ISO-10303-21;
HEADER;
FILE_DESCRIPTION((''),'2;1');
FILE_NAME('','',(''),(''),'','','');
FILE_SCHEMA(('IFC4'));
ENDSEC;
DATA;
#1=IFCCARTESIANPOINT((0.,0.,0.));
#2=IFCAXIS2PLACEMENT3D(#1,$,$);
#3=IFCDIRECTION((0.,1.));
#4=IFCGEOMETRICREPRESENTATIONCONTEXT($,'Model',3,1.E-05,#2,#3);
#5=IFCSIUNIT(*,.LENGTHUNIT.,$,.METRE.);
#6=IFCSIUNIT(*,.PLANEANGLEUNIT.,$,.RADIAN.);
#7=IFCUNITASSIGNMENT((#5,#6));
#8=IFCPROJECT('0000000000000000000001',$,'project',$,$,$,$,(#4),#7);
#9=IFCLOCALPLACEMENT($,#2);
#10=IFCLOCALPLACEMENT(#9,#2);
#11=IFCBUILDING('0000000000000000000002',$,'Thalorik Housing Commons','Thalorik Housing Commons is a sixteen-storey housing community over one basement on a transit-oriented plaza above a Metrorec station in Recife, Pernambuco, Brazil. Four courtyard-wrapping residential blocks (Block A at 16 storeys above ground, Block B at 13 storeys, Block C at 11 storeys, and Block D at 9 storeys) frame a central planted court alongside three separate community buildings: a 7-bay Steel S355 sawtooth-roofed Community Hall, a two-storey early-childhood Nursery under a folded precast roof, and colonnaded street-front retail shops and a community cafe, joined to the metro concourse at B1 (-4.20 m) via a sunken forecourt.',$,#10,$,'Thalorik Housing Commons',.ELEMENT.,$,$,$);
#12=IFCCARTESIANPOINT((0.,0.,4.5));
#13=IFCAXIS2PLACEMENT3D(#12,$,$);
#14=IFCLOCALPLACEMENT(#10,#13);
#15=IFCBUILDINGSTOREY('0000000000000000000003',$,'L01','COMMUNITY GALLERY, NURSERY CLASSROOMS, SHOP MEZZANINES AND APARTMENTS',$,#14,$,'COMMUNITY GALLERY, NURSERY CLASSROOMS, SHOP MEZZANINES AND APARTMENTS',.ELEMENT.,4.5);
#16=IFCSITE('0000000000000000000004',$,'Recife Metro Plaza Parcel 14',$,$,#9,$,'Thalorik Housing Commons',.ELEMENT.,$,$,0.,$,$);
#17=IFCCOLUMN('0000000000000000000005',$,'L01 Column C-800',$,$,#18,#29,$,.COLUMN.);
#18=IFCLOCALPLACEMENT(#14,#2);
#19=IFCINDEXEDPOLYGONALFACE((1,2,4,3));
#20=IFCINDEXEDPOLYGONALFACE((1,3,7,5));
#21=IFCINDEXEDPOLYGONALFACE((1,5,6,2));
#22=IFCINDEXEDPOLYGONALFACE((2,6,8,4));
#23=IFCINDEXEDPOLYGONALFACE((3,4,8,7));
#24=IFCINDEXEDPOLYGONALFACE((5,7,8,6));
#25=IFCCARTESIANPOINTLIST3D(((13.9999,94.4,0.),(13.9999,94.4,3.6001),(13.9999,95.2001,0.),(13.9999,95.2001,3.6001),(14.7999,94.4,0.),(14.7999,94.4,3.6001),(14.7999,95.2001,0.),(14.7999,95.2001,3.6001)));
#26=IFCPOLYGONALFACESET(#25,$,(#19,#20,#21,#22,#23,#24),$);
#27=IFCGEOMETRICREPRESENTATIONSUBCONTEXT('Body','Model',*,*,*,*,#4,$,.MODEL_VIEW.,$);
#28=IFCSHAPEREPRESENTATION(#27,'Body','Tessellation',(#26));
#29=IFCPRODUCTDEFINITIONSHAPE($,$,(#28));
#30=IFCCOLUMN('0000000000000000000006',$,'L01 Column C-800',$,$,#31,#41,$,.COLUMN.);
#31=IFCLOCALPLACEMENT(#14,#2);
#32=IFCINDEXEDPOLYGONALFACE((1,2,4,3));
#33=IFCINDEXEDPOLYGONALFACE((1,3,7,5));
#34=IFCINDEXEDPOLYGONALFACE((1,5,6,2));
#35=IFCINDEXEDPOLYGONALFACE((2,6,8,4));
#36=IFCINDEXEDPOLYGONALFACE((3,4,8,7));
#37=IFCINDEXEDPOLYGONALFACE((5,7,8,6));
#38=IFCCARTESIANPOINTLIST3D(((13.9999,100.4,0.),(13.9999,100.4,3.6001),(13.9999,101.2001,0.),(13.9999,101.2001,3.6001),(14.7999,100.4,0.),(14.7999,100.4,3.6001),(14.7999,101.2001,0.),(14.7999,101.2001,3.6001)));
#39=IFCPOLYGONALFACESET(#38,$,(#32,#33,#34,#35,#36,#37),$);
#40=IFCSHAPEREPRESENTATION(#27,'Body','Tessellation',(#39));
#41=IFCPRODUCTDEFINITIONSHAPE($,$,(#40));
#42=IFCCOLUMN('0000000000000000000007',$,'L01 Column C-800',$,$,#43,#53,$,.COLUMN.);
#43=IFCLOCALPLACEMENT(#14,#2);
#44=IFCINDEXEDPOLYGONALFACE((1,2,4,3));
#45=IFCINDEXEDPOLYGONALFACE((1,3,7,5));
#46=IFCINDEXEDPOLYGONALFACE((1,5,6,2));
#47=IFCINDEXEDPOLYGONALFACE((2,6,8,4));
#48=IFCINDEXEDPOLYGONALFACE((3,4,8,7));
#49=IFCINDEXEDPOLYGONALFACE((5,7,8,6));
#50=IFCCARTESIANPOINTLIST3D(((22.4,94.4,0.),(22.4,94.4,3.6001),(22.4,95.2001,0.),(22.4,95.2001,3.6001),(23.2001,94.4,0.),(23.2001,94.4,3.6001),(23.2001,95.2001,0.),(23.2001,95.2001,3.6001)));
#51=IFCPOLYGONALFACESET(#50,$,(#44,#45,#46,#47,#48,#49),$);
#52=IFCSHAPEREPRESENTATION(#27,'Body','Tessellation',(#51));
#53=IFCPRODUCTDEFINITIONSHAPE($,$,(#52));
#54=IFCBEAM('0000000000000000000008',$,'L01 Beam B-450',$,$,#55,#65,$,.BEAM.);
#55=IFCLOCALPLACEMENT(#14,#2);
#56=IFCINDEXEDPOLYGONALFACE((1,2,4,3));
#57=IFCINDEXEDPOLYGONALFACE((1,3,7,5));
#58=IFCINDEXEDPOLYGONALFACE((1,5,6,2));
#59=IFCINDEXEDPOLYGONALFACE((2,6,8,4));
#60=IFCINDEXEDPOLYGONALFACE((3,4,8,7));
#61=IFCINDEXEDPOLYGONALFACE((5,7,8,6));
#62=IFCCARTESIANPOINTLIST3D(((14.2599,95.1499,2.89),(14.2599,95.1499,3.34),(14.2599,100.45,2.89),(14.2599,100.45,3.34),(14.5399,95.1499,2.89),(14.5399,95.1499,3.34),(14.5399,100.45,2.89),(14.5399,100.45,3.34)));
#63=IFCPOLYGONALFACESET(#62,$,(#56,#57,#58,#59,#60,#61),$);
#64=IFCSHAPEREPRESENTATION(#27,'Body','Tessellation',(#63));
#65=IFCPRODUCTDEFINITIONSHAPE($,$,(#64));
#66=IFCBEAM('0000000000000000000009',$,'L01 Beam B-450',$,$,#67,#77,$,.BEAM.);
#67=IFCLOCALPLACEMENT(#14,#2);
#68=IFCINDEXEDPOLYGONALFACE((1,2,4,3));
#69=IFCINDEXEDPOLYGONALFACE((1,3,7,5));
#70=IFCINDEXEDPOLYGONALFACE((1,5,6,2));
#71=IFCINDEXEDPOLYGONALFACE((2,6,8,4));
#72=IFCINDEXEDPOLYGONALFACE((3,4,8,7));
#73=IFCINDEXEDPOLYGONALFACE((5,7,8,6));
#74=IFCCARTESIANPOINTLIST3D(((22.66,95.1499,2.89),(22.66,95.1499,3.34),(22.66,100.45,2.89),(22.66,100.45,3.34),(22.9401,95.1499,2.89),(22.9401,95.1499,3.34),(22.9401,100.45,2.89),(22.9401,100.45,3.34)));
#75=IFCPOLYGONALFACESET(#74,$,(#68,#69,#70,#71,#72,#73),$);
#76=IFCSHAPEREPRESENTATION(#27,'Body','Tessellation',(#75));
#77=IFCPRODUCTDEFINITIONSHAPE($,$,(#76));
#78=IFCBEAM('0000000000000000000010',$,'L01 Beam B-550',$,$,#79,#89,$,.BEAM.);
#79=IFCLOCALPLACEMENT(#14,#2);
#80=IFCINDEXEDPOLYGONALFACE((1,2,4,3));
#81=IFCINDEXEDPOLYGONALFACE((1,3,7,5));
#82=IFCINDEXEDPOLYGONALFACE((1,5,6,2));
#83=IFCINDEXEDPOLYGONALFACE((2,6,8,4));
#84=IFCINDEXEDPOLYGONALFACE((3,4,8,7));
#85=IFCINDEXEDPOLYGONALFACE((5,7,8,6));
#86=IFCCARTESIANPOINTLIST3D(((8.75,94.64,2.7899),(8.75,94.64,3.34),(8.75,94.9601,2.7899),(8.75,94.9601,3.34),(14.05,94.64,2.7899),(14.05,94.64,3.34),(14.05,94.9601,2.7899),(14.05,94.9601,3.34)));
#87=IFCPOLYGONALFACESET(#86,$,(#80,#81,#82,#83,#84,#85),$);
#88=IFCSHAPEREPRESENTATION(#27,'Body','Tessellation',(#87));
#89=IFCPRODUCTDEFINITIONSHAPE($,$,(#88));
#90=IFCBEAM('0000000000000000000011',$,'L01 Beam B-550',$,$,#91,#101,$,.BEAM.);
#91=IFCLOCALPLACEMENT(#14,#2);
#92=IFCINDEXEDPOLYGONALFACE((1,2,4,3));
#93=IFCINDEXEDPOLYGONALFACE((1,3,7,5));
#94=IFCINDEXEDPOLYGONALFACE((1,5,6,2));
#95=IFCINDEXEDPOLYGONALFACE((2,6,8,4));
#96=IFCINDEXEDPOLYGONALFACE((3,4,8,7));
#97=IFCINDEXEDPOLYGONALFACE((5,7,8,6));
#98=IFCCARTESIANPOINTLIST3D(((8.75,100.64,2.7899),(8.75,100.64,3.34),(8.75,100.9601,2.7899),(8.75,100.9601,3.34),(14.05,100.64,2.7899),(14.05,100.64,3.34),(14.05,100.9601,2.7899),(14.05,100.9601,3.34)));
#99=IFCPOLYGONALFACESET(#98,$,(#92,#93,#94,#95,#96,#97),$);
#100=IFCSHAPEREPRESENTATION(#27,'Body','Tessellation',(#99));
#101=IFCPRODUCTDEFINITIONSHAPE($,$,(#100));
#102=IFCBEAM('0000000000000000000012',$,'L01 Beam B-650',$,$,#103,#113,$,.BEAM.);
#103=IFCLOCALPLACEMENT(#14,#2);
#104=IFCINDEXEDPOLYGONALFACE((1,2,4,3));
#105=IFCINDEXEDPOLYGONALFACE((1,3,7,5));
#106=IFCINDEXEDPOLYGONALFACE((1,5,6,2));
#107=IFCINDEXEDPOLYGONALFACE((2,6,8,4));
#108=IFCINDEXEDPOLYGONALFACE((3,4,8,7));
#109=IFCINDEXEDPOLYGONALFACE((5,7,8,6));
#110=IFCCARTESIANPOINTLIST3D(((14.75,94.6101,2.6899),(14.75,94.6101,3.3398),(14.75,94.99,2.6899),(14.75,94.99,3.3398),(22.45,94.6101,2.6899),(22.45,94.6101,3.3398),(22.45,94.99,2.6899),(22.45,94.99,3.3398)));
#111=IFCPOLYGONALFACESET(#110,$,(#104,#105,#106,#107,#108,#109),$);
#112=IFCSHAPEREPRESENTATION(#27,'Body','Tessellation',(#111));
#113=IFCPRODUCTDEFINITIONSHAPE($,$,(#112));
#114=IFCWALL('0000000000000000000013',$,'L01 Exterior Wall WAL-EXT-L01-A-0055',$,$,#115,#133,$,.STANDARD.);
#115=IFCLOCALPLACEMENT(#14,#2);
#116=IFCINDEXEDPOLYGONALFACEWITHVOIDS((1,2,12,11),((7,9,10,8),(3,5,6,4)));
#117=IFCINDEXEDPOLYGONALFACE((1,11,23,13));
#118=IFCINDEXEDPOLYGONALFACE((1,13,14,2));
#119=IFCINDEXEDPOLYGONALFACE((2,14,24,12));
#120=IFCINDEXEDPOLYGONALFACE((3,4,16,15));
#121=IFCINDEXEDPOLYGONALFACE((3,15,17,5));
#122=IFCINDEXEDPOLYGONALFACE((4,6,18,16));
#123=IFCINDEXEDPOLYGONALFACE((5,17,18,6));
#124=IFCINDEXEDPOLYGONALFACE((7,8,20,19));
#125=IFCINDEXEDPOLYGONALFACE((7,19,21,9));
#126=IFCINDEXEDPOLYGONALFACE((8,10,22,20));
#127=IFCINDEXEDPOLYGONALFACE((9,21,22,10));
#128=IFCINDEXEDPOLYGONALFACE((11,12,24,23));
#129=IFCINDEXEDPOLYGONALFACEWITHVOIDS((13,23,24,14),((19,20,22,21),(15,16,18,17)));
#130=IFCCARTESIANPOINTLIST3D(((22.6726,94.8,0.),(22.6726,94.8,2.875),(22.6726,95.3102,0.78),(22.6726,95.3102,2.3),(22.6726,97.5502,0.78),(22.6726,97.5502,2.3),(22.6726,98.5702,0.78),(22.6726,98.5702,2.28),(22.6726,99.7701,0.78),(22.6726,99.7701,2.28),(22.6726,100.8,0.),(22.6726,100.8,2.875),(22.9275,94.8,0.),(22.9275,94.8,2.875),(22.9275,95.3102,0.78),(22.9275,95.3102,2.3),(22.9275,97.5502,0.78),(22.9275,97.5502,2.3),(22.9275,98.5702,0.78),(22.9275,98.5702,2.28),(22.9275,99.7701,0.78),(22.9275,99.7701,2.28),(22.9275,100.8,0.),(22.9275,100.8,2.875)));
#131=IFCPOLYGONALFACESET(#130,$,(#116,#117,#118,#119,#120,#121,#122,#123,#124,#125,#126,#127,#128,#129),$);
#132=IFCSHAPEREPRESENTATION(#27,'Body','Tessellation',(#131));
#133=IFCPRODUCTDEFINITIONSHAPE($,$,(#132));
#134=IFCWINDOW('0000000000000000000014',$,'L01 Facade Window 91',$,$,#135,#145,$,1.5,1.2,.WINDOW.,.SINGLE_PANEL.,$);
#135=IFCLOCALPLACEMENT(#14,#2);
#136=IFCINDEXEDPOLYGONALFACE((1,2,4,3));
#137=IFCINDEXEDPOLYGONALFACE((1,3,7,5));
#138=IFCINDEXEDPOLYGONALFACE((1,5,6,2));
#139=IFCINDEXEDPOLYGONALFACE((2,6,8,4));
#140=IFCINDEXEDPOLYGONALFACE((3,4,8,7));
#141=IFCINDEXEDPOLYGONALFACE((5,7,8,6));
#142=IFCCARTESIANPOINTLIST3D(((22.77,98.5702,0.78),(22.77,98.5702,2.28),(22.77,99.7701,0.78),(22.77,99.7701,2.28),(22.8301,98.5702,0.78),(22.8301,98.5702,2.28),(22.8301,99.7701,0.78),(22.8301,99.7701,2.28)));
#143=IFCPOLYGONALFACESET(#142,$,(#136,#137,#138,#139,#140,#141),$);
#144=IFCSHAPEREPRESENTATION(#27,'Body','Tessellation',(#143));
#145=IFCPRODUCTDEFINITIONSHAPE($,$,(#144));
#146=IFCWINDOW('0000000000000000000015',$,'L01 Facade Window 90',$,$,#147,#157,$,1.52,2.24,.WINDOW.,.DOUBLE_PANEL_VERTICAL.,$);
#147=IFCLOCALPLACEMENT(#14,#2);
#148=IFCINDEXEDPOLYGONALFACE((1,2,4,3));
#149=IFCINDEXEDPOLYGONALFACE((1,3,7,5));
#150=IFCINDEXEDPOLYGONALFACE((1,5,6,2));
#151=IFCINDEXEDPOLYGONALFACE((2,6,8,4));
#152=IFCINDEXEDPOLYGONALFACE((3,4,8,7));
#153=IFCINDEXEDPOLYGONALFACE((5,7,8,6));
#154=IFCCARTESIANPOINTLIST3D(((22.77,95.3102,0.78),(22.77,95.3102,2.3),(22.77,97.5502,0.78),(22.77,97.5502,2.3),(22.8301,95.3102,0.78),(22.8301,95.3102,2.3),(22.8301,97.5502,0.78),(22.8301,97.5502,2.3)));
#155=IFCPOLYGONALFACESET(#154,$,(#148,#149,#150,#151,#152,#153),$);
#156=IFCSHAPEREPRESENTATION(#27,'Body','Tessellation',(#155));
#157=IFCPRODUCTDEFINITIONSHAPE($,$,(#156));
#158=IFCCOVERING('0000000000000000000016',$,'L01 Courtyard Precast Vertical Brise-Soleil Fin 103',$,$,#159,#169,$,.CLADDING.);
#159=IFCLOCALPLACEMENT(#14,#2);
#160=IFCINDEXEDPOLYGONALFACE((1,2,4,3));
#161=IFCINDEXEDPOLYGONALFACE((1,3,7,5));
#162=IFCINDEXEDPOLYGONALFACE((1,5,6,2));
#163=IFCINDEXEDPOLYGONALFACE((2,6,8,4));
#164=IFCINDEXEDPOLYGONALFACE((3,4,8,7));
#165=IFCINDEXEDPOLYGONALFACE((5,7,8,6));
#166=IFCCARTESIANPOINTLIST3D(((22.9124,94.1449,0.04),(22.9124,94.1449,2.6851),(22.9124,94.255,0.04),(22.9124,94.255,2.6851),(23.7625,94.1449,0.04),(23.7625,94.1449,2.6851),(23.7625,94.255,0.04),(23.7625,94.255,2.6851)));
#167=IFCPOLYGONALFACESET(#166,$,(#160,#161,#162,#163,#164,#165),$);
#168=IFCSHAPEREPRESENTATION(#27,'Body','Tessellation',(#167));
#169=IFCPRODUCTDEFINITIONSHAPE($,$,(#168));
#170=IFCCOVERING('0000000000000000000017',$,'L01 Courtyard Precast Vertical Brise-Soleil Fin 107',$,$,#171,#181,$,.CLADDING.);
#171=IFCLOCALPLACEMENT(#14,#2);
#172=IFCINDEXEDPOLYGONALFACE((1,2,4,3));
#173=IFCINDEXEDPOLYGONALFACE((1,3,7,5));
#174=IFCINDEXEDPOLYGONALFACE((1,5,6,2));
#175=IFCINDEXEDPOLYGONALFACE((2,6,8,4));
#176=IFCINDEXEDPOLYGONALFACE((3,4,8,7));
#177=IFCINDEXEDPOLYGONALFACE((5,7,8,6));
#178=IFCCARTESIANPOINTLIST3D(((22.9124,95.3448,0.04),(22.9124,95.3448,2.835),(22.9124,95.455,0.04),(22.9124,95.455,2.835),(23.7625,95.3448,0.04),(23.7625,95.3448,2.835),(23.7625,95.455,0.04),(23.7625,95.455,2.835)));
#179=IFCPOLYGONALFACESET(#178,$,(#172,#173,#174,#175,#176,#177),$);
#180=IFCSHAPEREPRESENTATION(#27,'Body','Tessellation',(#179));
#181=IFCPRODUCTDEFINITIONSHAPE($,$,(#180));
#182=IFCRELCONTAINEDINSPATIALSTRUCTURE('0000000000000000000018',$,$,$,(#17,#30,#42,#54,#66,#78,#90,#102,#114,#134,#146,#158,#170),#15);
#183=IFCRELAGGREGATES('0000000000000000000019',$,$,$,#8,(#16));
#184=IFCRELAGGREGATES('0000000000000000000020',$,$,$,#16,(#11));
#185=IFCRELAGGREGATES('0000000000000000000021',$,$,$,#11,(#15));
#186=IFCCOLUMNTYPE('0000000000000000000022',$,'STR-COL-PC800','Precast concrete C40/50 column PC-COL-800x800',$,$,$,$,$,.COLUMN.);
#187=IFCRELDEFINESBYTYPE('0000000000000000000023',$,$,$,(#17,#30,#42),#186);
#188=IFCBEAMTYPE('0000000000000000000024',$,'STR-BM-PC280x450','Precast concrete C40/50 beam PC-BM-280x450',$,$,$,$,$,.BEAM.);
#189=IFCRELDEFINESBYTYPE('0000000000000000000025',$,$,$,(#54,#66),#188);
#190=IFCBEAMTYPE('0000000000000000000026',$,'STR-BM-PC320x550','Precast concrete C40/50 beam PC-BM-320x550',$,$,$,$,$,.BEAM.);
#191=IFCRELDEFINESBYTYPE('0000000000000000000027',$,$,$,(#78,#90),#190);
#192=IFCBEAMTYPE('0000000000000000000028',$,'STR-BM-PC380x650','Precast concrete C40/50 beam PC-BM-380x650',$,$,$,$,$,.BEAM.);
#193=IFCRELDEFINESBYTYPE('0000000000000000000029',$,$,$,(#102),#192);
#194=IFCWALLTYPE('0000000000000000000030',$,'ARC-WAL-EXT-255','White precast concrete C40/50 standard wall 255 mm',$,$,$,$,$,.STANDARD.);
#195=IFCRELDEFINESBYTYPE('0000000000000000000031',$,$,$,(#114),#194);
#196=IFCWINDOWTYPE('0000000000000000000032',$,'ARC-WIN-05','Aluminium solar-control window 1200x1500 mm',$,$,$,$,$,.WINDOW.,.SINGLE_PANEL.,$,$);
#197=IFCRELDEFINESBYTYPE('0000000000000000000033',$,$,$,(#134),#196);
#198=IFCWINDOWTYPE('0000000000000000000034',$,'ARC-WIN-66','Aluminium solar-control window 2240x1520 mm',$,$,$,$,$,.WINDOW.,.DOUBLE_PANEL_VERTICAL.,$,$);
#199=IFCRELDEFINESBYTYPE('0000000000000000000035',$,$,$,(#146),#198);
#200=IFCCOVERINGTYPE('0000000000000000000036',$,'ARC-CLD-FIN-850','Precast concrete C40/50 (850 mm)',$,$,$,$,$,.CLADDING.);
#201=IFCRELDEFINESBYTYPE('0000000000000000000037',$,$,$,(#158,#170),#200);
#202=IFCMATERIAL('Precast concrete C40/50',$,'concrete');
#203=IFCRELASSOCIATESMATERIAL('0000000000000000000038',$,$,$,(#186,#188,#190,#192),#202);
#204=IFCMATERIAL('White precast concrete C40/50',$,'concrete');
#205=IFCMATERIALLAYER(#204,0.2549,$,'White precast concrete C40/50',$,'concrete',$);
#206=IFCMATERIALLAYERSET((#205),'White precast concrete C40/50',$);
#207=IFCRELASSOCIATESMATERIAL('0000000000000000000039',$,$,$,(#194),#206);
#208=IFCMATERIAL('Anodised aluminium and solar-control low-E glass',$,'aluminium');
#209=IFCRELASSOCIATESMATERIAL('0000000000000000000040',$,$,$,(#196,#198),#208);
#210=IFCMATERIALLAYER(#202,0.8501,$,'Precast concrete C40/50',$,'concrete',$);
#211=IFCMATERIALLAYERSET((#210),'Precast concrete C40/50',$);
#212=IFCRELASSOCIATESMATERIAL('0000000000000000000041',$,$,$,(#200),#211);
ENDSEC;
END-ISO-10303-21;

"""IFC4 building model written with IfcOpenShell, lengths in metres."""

from ifc_helpers import new_model, si_unit, direction, frame, frame_2d, origin, origin_2d, place, context, subcontext, project, spatial, rectangle, extrude, material, layer, layer_set, material_profile, profile_set, type_object, element, fill, save


model = new_model("IFC4")

# Units and contexts
model_context = context("Model", 3, precision=1e-05, world=origin(), true_north=direction((0.0, 1.0)))
body_context = subcontext(model_context, "Body", "Model", "MODEL_VIEW")
ifc_project = project(units=[si_unit("LENGTHUNIT", "METRE"), si_unit("PLANEANGLEUNIT", "RADIAN")], contexts=[model_context])

# Site, building, storey
site_placement = place(None, origin())
site = spatial("IfcSite", under=ifc_project, at=site_placement, Name="Recife Metro Plaza Parcel 14", LongName="Thalorik Housing Commons", CompositionType="ELEMENT", RefElevation=0.0)
building_placement = place(site_placement, origin())
building = spatial("IfcBuilding", under=site, at=building_placement, Name="Thalorik Housing Commons", Description="Thalorik Housing Commons is a sixteen-storey housing community over one basement on a transit-oriented plaza above a Metrorec station in Recife, Pernambuco, Brazil. Four courtyard-wrapping residential blocks (Block A at 16 storeys above ground, Block B at 13 storeys, Block C at 11 storeys, and Block D at 9 storeys) frame a central planted court alongside three separate community buildings: a 7-bay Steel S355 sawtooth-roofed Community Hall, a two-storey early-childhood Nursery under a folded precast roof, and colonnaded street-front retail shops and a community cafe, joined to the metro concourse at B1 (-4.20 m) via a sunken forecourt.", LongName="Thalorik Housing Commons", CompositionType="ELEMENT")
storey_placement = place(building_placement, frame((0.0, 0.0, 4.5)))
storey = spatial("IfcBuildingStorey", under=building, at=storey_placement, Name="L01", Description="COMMUNITY GALLERY, NURSERY CLASSROOMS, SHOP MEZZANINES AND APARTMENTS", LongName="COMMUNITY GALLERY, NURSERY CLASSROOMS, SHOP MEZZANINES AND APARTMENTS", CompositionType="ELEMENT", Elevation=4.5)

# Columns
ifc_material_1 = material(Name="Precast concrete C40/50", Category="concrete")
ifc_material_profile_1 = material_profile(ifc_material_1, rectangle(XDim=0.8, YDim=0.8, at=origin_2d()), Name="PC 800x800", Category="concrete")
ifc_profile_set_1 = profile_set([ifc_material_profile_1], Name="Precast concrete C40/50")
column_type = type_object("IfcColumnType", Name="STR-COL-PC800", Description="Precast concrete C40/50 column PC-COL-800x800", PredefinedType="COLUMN", material=ifc_profile_set_1)
for number, where, z_axis, x_axis, name in (
    (1, (14.3999, 94.8, 0.0), (0.0, 0.0, 1.0), (1.0, 0.0, 0.0), "L01 Column C-800"),
    (2, (14.3999, 100.8, 0.0), (0.0, 0.0, 1.0), (1.0, 0.0, 0.0), "L01 Column C-800"),
    (3, (22.8, 94.8, 0.0), (0.0, 0.0, 1.0), (1.0, 0.0, 0.0), "L01 Column C-800"),
):
    element("IfcColumn", number, at=place(storey_placement, frame(where, z_axis=z_axis, x_axis=x_axis)), inside=storey, type_object=column_type, Name=name, PredefinedType="COLUMN", context=body_context, shape_type="SweptSolid", body=[
        extrude(rectangle(XDim=0.8, YDim=0.8, at=origin_2d()), origin(), (0.0, 0.0, 1.0), 3.6001),
    ])

# Beams
ifc_material_profile_2 = material_profile(ifc_material_1, rectangle(XDim=0.28, YDim=0.45, at=origin_2d()), Name="PC 280x450", Category="concrete")
ifc_profile_set_2 = profile_set([ifc_material_profile_2], Name="Precast concrete C40/50")
beam_type_1 = type_object("IfcBeamType", Name="STR-BM-PC280x450", Description="Precast concrete C40/50 beam PC-BM-280x450", PredefinedType="BEAM", material=ifc_profile_set_2)
for number, where, z_axis, x_axis, name in (
    (4, (14.3999, 95.1499, 3.115), (0.0, 1.0, 0.0), (-1.0, 0.0, 0.0), "L01 Beam B-450"),
    (5, (22.8, 95.1499, 3.115), (0.0, 1.0, 0.0), (-1.0, 0.0, 0.0), "L01 Beam B-450"),
):
    element("IfcBeam", number, at=place(storey_placement, frame(where, z_axis=z_axis, x_axis=x_axis)), inside=storey, type_object=beam_type_1, Name=name, PredefinedType="BEAM", context=body_context, shape_type="SweptSolid", body=[
        extrude(rectangle(XDim=0.28, YDim=0.45, at=origin_2d()), origin(), (0.0, 0.0, 1.0), 5.3),
    ])
ifc_material_profile_3 = material_profile(ifc_material_1, rectangle(XDim=0.3201, YDim=0.55, at=origin_2d()), Name="PC 320x550", Category="concrete")
ifc_profile_set_3 = profile_set([ifc_material_profile_3], Name="Precast concrete C40/50")
beam_type_2 = type_object("IfcBeamType", Name="STR-BM-PC320x550", Description="Precast concrete C40/50 beam PC-BM-320x550", PredefinedType="BEAM", material=ifc_profile_set_3)
for number, where, z_axis, x_axis, name in (
    (6, (8.75, 94.8, 3.0649), (1.0, 0.0, 0.0), (0.0, 1.0, 0.0), "L01 Beam B-550"),
    (7, (8.75, 100.8, 3.0649), (1.0, 0.0, 0.0), (0.0, 1.0, 0.0), "L01 Beam B-550"),
):
    element("IfcBeam", number, at=place(storey_placement, frame(where, z_axis=z_axis, x_axis=x_axis)), inside=storey, type_object=beam_type_2, Name=name, PredefinedType="BEAM", context=body_context, shape_type="SweptSolid", body=[
        extrude(rectangle(XDim=0.3201, YDim=0.55, at=origin_2d()), origin(), (0.0, 0.0, 1.0), 5.3),
    ])
ifc_material_profile_4 = material_profile(ifc_material_1, rectangle(XDim=0.3799, YDim=0.6499, at=origin_2d()), Name="PC 380x650", Category="concrete")
ifc_profile_set_4 = profile_set([ifc_material_profile_4], Name="Precast concrete C40/50")
beam_type_3 = type_object("IfcBeamType", Name="STR-BM-PC380x650", Description="Precast concrete C40/50 beam PC-BM-380x650", PredefinedType="BEAM", material=ifc_profile_set_4)
beam_placement = place(storey_placement, frame((14.75, 94.8, 3.0149), z_axis=(1.0, 0.0, 0.0), x_axis=(0.0, 1.0, 0.0)))
element("IfcBeam", 8, at=beam_placement, inside=storey, type_object=beam_type_3, Name="L01 Beam B-650", PredefinedType="BEAM", context=body_context, shape_type="SweptSolid", body=[
    extrude(rectangle(XDim=0.3799, YDim=0.6499, at=origin_2d()), origin(), (0.0, 0.0, 1.0), 7.7),
])

# Wall, openings, windows
ifc_material_2 = material(Name="White precast concrete C40/50", Category="concrete")
ifc_layer_1 = layer(ifc_material_2, 0.2549, Name="White precast concrete C40/50", Category="concrete")
ifc_layer_set_1 = layer_set([ifc_layer_1], Name="White precast concrete C40/50")
wall_type = type_object("IfcWallType", Name="ARC-WAL-EXT-255", Description="White precast concrete C40/50 standard wall 255 mm", PredefinedType="STANDARD", material=ifc_layer_set_1)
wall_placement = place(storey_placement, frame((22.8, 94.8, 0.0), z_axis=(0.0, 0.0, 1.0), x_axis=(0.0, 1.0, 0.0)))
wall = element("IfcWall", 9, at=wall_placement, inside=storey, type_object=wall_type, Name="L01 Exterior Wall WAL-EXT-L01-A-0055", PredefinedType="STANDARD", context=body_context, shape_type="SweptSolid", body=[
    extrude(rectangle(XDim=6.0, YDim=0.2549, at=frame_2d((3.0, 0.0))), origin(), (0.0, 0.0, 1.0), 2.875),
])
opening_1_placement = place(wall_placement, frame((0.51, 0.0, 0.78)))
opening_1 = element("IfcOpeningElement", 10, at=opening_1_placement, cuts=wall, PredefinedType="OPENING", context=body_context, shape_type="SweptSolid", body=[
    extrude(rectangle(XDim=2.24, YDim=1.52, at=frame_2d((1.1201, 0.76))), frame((0.0, 0.1375, 0.0), z_axis=(0.0, -1.0, 0.0), x_axis=(1.0, 0.0, 0.0)), (0.0, 0.0, 1.0), 0.2749),
])
opening_2_placement = place(wall_placement, frame((3.77, 0.0, 0.78)))
opening_2 = element("IfcOpeningElement", 11, at=opening_2_placement, cuts=wall, PredefinedType="OPENING", context=body_context, shape_type="SweptSolid", body=[
    extrude(rectangle(XDim=1.2, YDim=1.5, at=frame_2d((0.6001, 0.75))), frame((0.0, 0.1375, 0.0), z_axis=(0.0, -1.0, 0.0), x_axis=(1.0, 0.0, 0.0)), (0.0, 0.0, 1.0), 0.2749),
])
ifc_material_3 = material(Name="Anodised aluminium and solar-control low-E glass", Category="aluminium")
window_type_1 = type_object("IfcWindowType", Name="ARC-WIN-05", Description="Aluminium solar-control window 1200x1500 mm", PartitioningType="SINGLE_PANEL", PredefinedType="WINDOW", material=ifc_material_3)
window_1_placement = place(opening_2_placement, origin())
window_1 = element("IfcWindow", 12, at=window_1_placement, inside=storey, type_object=window_type_1, Name="L01 Facade Window 91", OverallHeight=1.5, OverallWidth=1.2, PartitioningType="SINGLE_PANEL", PredefinedType="WINDOW", context=body_context, shape_type="SweptSolid", body=[
    extrude(rectangle(XDim=1.2, YDim=1.5, at=frame_2d((0.6001, 0.75))), frame((0.0, 0.03, 0.0), z_axis=(0.0, -1.0, 0.0), x_axis=(1.0, 0.0, 0.0)), (0.0, 0.0, 1.0), 0.0601),
])
fill(opening_2, window_1)
window_type_2 = type_object("IfcWindowType", Name="ARC-WIN-66", Description="Aluminium solar-control window 2240x1520 mm", PartitioningType="DOUBLE_PANEL_VERTICAL", PredefinedType="WINDOW", material=ifc_material_3)
window_2_placement = place(opening_1_placement, origin())
window_2 = element("IfcWindow", 13, at=window_2_placement, inside=storey, type_object=window_type_2, Name="L01 Facade Window 90", OverallHeight=1.52, OverallWidth=2.24, PartitioningType="DOUBLE_PANEL_VERTICAL", PredefinedType="WINDOW", context=body_context, shape_type="SweptSolid", body=[
    extrude(rectangle(XDim=2.24, YDim=1.52, at=frame_2d((1.1201, 0.76))), frame((0.0, 0.03, 0.0), z_axis=(0.0, -1.0, 0.0), x_axis=(1.0, 0.0, 0.0)), (0.0, 0.0, 1.0), 0.0601),
])
fill(opening_1, window_2)

# Coverings
ifc_layer_2 = layer(ifc_material_1, 0.8501, Name="Precast concrete C40/50", Category="concrete")
ifc_layer_set_2 = layer_set([ifc_layer_2], Name="Precast concrete C40/50")
covering_type_1 = type_object("IfcCoveringType", Name="ARC-CLD-FIN-850", Description="Precast concrete C40/50 (850 mm)", PredefinedType="CLADDING", material=ifc_layer_set_2)
covering_1_placement = place(storey_placement, frame((23.3374, 94.2, 0.04), z_axis=(0.0, 0.0, 1.0), x_axis=(0.0, 1.0, 0.0)))
element("IfcCovering", 14, at=covering_1_placement, inside=storey, type_object=covering_type_1, Name="L01 Courtyard Precast Vertical Brise-Soleil Fin 103", PredefinedType="CLADDING", context=body_context, shape_type="SweptSolid", body=[
    extrude(rectangle(XDim=0.1101, YDim=0.8501, at=origin_2d()), origin(), (0.0, 0.0, 1.0), 2.645),
])
for number, where, z_axis, x_axis, name in (
    (15, (23.3374, 95.3999, 0.04), (0.0, 0.0, 1.0), (0.0, 1.0, 0.0), "L01 Courtyard Precast Vertical Brise-Soleil Fin 107"),
):
    element("IfcCovering", number, at=place(storey_placement, frame(where, z_axis=z_axis, x_axis=x_axis)), inside=storey, type_object=covering_type_1, Name=name, PredefinedType="CLADDING", context=body_context, shape_type="SweptSolid", body=[
        extrude(rectangle(XDim=0.1101, YDim=0.8501, at=origin_2d()), origin(), (0.0, 0.0, 1.0), 2.7949),
    ])

save(model, "model.ifc")
